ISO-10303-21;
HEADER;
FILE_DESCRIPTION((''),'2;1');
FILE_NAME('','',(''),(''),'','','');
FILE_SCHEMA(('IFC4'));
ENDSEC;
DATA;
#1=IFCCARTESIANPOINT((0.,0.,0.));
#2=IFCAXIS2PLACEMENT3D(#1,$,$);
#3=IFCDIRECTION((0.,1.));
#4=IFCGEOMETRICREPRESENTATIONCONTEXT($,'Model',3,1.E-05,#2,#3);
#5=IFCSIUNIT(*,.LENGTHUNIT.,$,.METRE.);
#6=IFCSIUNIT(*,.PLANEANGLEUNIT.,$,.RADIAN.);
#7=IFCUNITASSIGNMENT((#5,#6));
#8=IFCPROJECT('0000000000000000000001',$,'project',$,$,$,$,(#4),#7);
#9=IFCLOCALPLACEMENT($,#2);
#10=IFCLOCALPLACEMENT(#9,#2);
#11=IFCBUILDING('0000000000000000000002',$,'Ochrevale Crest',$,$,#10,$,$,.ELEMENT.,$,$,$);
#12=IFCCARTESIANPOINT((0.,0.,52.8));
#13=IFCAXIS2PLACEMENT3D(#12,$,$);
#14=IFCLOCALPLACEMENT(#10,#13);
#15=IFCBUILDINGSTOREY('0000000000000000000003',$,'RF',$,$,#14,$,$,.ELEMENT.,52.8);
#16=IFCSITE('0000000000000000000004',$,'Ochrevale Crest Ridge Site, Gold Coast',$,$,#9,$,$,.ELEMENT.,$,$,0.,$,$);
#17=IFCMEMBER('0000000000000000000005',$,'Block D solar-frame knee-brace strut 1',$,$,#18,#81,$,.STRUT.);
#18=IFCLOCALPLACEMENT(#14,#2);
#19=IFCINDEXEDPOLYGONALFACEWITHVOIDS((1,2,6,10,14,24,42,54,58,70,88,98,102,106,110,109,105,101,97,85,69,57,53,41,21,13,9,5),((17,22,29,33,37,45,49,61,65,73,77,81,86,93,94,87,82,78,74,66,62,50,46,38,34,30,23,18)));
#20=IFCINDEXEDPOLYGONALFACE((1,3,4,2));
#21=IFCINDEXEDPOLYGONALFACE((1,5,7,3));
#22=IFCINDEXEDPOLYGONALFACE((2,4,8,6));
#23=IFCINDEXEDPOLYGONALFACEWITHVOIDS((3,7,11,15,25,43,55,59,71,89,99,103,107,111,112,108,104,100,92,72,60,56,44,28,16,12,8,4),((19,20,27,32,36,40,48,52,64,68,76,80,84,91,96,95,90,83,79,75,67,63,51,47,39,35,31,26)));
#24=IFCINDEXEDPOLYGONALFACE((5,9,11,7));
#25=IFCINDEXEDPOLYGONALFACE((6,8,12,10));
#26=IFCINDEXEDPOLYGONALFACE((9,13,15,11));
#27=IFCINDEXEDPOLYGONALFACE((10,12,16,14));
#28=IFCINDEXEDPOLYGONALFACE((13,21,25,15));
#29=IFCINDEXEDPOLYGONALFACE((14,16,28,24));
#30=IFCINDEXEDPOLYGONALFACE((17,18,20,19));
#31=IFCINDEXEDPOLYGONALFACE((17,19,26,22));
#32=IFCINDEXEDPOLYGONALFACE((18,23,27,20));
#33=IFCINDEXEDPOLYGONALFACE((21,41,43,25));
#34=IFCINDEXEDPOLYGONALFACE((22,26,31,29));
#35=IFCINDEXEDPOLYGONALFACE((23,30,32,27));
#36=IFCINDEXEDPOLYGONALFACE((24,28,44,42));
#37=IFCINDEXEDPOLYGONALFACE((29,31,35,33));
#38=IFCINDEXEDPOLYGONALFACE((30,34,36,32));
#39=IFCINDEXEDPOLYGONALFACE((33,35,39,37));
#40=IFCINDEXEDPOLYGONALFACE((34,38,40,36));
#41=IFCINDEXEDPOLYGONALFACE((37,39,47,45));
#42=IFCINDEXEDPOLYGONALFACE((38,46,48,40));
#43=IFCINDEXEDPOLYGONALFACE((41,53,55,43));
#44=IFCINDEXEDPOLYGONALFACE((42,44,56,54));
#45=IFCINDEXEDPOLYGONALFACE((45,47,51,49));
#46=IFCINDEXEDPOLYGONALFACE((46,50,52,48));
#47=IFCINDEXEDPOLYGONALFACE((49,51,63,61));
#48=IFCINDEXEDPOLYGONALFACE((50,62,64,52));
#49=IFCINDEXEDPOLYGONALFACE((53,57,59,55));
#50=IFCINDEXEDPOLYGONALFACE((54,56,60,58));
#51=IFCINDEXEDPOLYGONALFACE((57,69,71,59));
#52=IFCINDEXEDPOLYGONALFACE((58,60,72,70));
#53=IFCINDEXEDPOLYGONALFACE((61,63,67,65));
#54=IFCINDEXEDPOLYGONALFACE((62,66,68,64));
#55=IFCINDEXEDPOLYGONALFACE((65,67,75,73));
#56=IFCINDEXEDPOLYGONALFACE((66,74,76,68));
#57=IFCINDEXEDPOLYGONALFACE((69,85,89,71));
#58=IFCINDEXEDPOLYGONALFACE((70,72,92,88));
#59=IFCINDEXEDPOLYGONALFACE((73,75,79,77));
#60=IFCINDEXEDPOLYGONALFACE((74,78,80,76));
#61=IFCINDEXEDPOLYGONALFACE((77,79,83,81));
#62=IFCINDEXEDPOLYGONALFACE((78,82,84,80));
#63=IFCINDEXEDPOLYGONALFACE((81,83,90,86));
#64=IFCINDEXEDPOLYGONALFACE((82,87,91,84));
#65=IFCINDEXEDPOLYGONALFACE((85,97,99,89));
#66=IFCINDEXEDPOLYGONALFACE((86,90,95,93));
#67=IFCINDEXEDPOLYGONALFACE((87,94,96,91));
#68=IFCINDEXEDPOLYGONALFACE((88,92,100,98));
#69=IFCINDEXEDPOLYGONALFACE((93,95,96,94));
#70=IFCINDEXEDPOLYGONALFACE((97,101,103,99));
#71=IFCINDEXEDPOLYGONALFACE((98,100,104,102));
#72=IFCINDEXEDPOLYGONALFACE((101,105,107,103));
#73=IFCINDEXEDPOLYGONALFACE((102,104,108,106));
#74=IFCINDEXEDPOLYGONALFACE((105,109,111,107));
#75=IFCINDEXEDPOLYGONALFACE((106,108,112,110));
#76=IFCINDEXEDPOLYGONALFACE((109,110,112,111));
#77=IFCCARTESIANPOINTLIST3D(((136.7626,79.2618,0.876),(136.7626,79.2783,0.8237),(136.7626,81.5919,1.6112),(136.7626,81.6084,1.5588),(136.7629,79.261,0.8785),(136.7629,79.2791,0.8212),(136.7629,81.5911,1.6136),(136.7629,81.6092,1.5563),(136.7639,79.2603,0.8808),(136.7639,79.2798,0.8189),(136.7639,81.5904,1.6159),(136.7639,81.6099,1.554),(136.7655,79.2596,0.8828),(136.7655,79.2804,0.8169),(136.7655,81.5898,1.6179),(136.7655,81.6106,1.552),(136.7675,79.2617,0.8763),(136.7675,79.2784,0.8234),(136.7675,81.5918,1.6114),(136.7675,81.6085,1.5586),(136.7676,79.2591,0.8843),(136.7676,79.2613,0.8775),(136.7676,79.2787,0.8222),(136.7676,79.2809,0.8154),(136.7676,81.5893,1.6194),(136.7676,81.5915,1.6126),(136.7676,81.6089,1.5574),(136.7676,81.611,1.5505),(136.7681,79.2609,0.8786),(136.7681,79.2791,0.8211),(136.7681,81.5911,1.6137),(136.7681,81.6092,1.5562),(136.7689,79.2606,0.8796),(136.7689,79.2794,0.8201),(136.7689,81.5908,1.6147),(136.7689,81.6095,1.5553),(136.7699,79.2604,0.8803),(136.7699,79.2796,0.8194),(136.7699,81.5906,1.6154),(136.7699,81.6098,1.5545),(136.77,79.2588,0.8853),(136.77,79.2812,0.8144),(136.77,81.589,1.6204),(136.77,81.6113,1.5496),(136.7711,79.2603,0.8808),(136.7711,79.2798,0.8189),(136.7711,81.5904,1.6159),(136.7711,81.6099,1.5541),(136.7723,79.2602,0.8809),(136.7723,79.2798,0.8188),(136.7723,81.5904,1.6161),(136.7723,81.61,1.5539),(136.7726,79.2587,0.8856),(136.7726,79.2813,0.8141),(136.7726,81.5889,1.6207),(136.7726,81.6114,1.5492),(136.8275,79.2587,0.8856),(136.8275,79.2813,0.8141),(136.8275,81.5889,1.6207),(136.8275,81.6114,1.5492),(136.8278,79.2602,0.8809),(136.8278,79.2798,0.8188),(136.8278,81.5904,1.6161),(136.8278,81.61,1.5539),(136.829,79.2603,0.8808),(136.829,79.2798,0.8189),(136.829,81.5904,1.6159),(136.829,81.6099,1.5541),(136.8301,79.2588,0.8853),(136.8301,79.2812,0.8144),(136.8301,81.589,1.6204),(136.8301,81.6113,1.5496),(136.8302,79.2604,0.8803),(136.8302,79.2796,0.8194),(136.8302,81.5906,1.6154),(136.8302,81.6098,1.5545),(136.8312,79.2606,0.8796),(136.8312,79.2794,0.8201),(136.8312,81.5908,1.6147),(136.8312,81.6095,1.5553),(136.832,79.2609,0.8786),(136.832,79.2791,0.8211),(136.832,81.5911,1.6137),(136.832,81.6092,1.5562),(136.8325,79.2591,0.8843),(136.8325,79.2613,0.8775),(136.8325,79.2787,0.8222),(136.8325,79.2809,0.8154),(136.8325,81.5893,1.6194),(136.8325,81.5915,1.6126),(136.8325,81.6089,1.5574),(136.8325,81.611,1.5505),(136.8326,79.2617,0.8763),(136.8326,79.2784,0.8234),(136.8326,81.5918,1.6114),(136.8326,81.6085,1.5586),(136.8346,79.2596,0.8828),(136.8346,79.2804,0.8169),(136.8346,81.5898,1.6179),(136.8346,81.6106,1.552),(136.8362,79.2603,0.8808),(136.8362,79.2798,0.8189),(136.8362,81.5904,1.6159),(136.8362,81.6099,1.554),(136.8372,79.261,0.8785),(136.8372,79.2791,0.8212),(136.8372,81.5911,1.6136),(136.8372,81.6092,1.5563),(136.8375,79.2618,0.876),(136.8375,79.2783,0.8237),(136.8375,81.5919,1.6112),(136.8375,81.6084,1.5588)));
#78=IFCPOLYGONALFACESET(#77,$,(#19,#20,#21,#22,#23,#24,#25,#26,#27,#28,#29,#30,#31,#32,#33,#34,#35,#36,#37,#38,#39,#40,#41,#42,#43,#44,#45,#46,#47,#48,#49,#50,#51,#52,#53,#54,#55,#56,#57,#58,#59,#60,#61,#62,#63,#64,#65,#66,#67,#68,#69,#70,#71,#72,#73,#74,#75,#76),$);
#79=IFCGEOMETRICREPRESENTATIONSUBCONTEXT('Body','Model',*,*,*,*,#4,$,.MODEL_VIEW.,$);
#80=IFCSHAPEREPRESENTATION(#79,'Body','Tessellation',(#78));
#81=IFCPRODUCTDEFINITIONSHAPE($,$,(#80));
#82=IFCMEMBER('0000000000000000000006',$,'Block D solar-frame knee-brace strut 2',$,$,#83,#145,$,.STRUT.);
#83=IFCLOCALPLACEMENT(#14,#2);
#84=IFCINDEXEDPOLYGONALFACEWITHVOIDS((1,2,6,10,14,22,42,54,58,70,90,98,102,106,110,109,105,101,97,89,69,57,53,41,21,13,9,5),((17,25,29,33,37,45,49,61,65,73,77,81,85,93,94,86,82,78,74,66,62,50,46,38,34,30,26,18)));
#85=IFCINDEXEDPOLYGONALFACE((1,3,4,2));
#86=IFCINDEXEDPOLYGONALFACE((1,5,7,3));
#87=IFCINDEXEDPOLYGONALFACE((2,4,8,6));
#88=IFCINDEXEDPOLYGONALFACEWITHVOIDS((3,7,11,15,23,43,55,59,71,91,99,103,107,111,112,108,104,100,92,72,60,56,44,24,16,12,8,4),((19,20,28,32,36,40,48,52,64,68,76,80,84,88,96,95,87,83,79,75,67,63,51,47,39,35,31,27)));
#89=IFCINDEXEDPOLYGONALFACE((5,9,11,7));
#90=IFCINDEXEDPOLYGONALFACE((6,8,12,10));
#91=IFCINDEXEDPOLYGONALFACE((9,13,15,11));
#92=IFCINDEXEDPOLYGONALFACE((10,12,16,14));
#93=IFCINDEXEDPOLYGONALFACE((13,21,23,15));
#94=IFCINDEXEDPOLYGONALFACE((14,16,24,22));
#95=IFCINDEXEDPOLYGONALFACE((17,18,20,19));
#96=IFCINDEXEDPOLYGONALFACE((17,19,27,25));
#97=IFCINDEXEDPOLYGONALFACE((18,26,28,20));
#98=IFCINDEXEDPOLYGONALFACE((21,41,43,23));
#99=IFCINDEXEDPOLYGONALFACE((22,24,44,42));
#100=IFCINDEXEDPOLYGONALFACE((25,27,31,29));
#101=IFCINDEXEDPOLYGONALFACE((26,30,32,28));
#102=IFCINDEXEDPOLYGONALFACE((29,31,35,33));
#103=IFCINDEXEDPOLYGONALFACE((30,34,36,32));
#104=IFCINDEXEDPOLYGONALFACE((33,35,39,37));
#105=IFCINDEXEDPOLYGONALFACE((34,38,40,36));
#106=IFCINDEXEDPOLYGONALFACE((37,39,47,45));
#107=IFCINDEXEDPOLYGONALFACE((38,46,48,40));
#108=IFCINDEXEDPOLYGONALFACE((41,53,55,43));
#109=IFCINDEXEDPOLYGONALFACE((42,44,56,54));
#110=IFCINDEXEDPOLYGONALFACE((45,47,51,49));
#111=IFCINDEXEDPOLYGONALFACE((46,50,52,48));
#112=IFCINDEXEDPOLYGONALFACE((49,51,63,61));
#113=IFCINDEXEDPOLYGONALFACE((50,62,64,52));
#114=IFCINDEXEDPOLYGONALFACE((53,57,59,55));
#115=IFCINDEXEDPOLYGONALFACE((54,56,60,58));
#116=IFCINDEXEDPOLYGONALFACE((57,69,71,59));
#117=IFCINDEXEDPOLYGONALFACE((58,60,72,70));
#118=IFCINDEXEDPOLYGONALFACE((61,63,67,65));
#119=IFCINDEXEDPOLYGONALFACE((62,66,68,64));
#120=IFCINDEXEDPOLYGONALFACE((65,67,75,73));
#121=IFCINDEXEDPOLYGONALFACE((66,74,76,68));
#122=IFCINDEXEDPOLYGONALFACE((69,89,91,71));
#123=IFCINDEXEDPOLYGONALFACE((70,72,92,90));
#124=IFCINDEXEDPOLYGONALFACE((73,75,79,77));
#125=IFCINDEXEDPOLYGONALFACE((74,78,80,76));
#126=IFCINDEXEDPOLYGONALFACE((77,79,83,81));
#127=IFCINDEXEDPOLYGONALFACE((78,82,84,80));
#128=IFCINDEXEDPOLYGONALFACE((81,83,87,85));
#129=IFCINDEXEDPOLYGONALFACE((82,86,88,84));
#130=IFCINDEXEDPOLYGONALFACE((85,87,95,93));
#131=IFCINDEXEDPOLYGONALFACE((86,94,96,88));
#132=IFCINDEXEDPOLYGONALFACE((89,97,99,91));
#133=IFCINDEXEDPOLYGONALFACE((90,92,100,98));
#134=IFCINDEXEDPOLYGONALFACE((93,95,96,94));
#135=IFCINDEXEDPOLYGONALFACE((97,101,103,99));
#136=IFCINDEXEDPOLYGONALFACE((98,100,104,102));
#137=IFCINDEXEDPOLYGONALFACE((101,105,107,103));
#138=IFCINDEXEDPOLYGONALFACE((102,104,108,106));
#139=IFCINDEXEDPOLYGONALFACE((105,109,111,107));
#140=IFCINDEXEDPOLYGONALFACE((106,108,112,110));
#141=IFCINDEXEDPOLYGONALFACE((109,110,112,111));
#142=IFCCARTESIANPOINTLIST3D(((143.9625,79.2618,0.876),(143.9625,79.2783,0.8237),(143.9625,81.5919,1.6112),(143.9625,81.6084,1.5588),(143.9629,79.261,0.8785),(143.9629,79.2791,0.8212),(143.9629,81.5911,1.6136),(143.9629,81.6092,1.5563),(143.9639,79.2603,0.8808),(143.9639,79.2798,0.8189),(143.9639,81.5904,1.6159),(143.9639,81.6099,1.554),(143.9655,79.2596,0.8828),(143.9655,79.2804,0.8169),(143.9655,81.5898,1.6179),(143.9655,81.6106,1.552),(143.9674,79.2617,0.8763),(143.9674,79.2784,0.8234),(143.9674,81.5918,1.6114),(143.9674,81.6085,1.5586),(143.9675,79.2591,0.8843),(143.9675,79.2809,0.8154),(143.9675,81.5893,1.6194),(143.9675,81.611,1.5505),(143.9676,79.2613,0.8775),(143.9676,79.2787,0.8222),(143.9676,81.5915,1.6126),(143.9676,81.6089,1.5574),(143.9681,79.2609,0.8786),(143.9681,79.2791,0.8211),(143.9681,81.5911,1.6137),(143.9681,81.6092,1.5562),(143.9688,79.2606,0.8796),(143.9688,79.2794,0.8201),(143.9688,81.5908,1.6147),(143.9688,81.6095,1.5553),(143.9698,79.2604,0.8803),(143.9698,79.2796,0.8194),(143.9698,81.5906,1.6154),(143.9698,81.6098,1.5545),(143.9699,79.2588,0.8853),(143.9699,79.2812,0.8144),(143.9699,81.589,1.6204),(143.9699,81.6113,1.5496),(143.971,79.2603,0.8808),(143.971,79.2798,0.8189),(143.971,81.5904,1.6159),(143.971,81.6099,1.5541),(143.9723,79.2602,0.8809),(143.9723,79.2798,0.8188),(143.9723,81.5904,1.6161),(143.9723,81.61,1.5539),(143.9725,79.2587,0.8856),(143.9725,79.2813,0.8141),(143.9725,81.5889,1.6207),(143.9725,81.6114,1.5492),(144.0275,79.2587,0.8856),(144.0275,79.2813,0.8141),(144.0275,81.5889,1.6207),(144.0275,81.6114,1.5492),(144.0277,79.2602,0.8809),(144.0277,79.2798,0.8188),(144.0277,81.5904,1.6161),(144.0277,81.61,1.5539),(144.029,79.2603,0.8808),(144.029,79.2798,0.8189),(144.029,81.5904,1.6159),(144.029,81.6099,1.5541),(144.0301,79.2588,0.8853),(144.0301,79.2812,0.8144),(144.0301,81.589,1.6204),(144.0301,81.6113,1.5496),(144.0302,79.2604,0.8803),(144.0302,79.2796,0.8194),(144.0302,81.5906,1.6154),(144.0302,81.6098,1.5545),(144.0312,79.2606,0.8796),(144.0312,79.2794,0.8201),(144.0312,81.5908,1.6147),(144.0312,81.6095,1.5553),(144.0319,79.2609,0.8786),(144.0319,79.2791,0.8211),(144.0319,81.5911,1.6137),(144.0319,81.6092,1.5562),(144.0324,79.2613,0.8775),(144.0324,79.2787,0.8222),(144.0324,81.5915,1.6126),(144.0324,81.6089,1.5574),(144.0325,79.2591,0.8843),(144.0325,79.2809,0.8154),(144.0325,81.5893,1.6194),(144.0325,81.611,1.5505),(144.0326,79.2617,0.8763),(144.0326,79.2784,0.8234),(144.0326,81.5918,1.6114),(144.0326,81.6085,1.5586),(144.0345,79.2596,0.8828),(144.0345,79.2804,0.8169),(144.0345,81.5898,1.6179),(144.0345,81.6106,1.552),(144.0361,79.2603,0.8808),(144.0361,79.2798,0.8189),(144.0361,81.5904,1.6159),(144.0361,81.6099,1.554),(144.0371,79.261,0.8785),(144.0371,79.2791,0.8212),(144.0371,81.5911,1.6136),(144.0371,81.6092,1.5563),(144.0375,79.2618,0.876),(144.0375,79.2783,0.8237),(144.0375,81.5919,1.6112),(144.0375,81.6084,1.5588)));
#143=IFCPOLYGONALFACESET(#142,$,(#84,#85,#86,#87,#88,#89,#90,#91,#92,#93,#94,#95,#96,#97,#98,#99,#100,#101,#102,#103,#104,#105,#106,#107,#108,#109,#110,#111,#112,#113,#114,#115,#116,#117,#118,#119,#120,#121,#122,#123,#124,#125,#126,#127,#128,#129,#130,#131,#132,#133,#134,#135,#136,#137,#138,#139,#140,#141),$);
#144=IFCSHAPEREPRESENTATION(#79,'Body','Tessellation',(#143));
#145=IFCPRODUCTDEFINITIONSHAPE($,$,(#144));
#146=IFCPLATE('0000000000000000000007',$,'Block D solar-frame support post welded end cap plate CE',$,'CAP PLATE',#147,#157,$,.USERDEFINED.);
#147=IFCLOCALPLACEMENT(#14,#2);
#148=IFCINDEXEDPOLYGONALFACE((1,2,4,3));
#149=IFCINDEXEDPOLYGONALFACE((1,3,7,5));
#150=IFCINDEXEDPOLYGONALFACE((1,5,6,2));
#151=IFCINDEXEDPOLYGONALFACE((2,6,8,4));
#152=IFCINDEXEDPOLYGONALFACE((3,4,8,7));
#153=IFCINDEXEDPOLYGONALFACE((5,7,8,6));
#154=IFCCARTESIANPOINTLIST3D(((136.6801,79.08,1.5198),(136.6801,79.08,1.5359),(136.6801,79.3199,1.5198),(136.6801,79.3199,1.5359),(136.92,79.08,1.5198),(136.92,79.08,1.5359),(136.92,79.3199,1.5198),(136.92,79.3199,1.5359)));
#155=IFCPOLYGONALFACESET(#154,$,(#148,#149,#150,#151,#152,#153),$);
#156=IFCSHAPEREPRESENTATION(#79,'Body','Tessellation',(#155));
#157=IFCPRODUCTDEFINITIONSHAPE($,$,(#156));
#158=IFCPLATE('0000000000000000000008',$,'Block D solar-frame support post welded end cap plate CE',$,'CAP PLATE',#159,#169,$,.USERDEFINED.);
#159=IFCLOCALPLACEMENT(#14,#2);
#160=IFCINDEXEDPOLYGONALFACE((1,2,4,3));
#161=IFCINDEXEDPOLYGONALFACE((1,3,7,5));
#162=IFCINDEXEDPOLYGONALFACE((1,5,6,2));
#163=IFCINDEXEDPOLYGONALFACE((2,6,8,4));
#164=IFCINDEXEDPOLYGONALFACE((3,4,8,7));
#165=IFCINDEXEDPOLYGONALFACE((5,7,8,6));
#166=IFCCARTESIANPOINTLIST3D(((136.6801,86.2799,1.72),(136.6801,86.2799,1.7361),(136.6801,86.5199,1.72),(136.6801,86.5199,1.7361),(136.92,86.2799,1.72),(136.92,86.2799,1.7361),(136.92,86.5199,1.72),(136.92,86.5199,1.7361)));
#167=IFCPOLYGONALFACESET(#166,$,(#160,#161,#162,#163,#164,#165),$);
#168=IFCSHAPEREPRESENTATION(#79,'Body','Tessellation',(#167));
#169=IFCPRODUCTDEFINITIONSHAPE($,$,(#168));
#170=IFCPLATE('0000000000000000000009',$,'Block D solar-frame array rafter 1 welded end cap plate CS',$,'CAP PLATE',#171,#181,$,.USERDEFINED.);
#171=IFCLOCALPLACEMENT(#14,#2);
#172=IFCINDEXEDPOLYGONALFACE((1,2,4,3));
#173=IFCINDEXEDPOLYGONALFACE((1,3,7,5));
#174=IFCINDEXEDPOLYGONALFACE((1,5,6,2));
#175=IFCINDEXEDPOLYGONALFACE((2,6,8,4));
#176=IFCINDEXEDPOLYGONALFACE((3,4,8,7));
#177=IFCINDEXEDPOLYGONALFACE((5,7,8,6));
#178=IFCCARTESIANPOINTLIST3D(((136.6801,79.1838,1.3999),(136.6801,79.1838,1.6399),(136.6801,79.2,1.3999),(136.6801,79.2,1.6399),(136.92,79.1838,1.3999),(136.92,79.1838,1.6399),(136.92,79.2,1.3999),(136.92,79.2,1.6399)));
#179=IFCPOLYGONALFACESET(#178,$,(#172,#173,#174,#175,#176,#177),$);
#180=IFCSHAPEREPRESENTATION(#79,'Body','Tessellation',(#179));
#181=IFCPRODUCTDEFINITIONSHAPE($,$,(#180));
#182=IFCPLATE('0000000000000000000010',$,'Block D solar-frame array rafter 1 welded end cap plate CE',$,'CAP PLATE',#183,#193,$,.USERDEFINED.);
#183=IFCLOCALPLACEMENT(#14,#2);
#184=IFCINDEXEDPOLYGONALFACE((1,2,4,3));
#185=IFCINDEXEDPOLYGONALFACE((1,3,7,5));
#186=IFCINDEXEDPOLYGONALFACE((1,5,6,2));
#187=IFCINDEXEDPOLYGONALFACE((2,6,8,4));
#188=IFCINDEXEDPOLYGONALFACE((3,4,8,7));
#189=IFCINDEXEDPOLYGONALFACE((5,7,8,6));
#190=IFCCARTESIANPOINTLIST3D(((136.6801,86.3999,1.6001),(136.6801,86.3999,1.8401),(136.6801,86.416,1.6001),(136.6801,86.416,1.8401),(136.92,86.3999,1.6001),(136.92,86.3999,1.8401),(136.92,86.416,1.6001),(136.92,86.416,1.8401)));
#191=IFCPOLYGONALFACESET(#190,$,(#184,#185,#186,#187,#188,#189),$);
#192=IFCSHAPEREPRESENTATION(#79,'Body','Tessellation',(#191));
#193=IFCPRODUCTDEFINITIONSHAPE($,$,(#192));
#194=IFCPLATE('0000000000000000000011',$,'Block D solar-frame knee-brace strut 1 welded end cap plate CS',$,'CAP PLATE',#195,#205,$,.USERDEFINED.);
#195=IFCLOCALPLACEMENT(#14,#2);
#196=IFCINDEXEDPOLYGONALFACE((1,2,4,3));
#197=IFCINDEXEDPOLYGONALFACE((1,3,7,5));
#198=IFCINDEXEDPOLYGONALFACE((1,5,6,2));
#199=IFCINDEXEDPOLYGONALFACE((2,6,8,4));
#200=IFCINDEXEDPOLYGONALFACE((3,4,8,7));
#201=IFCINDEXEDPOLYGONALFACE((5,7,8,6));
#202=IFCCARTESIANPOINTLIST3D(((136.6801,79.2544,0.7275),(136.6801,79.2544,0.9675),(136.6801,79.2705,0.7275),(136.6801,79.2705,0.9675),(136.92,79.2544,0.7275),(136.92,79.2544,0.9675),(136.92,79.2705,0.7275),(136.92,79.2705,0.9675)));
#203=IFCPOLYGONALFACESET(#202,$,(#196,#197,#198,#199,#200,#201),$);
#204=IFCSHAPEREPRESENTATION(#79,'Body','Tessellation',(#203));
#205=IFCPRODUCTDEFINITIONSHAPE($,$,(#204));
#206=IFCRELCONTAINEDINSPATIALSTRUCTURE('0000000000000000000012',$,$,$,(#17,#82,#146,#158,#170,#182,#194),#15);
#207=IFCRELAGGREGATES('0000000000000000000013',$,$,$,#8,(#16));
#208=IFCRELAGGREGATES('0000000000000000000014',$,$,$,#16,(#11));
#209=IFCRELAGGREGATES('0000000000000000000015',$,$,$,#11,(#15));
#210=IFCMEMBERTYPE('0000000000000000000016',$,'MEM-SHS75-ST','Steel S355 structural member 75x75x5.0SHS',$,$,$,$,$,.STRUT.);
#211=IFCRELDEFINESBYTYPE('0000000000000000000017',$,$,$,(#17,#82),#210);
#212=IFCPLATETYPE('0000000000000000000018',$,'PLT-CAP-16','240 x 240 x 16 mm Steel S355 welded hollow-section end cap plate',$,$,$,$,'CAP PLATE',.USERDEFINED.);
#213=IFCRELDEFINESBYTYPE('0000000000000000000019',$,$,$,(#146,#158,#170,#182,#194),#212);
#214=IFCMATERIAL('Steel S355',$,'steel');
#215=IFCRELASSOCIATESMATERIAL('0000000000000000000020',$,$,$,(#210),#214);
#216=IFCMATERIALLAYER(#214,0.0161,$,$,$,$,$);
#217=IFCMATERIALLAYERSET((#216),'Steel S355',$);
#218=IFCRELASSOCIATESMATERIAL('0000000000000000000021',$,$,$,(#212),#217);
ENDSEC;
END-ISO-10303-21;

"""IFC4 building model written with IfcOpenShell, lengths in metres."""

from ifc_helpers import new_model, si_unit, direction, frame, origin, origin_2d, place, context, subcontext, project, spatial, rectangle, hollow_rectangle, extrude, material, layer, layer_set, material_profile, profile_set, type_object, element, save


model = new_model("IFC4")

# Units and contexts
model_context = context("Model", 3, precision=1e-05, world=origin(), true_north=direction((0.0, 1.0)))
body_context = subcontext(model_context, "Body", "Model", "MODEL_VIEW")
ifc_project = project(units=[si_unit("LENGTHUNIT", "METRE"), si_unit("PLANEANGLEUNIT", "RADIAN")], contexts=[model_context])

# Site, building, storey
site_placement = place(None, origin())
site = spatial("IfcSite", under=ifc_project, at=site_placement, Name="Ochrevale Crest Ridge Site, Gold Coast", CompositionType="ELEMENT", RefElevation=0.0)
building_placement = place(site_placement, origin())
building = spatial("IfcBuilding", under=site, at=building_placement, Name="Ochrevale Crest", CompositionType="ELEMENT")
storey_placement = place(building_placement, frame((0.0, 0.0, 52.8)))
storey = spatial("IfcBuildingStorey", under=building, at=storey_placement, Name="RF", CompositionType="ELEMENT", Elevation=52.8)

# Shared definitions
ifc_material_1 = material(Name="Steel S355", Category="steel")

# Members
ifc_material_profile_1 = material_profile(ifc_material_1, hollow_rectangle(XDim=0.075, YDim=0.075, WallThickness=0.0049, InnerFilletRadius=0.0049, OuterFilletRadius=0.01, at=origin_2d()), Name="75x75x5.0SHS")
ifc_profile_set_1 = profile_set([ifc_material_profile_1], Name="Steel S355")
member_type_1 = type_object("IfcMemberType", Name="MEM-SHS75-ST", Description="Steel S355 structural member 75x75x5.0SHS", PredefinedType="STRUT", material=ifc_profile_set_1)
for number, where, z_axis, x_axis, name in (
    (1, (136.8, 79.27, 0.8499), (0.0, 0.953666, 0.300868), (-1.0, 0.0, 0.0), "Block D solar-frame knee-brace strut 1"),
    (2, (144.0, 79.27, 0.8499), (0.0, 0.953666, 0.300868), (-1.0, 0.0, 0.0), "Block D solar-frame knee-brace strut 2"),
):
    element("IfcMember", number, at=place(storey_placement, frame(where, z_axis=z_axis, x_axis=x_axis)), inside=storey, type_object=member_type_1, Name=name, PredefinedType="STRUT", context=body_context, shape_type="SweptSolid", body=[
        extrude(hollow_rectangle(XDim=0.075, YDim=0.075, WallThickness=0.0049, InnerFilletRadius=0.0049, OuterFilletRadius=0.01, at=origin_2d()), origin(), (0.0, 0.0, 1.0), 2.4434),
    ])

# Plates
ifc_layer_1 = layer(ifc_material_1, 0.0161)
ifc_layer_set_1 = layer_set([ifc_layer_1], Name="Steel S355")
plate_type = type_object("IfcPlateType", Name="PLT-CAP-16", Description="240 x 240 x 16 mm Steel S355 welded hollow-section end cap plate", ElementType="CAP PLATE", PredefinedType="USERDEFINED", material=ifc_layer_set_1)
for number, where, z_axis, x_axis, name in (
    (3, (136.8, 79.2, 1.5198), (0.0, 0.0, 1.0), (1.0, 0.0, 0.0), "Block D solar-frame support post welded end cap plate CE"),
    (4, (136.8, 86.3999, 1.72), (0.0, 0.0, 1.0), (1.0, 0.0, 0.0), "Block D solar-frame support post welded end cap plate CE"),
):
    element("IfcPlate", number, at=place(storey_placement, frame(where, z_axis=z_axis, x_axis=x_axis)), inside=storey, type_object=plate_type, Name=name, ObjectType="CAP PLATE", PredefinedType="USERDEFINED", context=body_context, shape_type="SweptSolid", body=[
        extrude(rectangle(XDim=0.24, YDim=0.24, at=origin_2d()), origin(), (0.0, 0.0, 1.0), 0.0161),
    ])
for number, where, z_axis, x_axis, name in (
    (5, (136.8, 79.1919, 1.3999), (0.0, 0.0, 1.0), (0.0, 1.0, 0.0), "Block D solar-frame array rafter 1 welded end cap plate CS"),
    (6, (136.8, 86.408, 1.6001), (0.0, 0.0, 1.0), (0.0, 1.0, 0.0), "Block D solar-frame array rafter 1 welded end cap plate CE"),
    (7, (136.8, 79.2625, 0.7275), (0.0, 0.0, 1.0), (0.0, 1.0, 0.0), "Block D solar-frame knee-brace strut 1 welded end cap plate CS"),
):
    element("IfcPlate", number, at=place(storey_placement, frame(where, z_axis=z_axis, x_axis=x_axis)), inside=storey, type_object=plate_type, Name=name, ObjectType="CAP PLATE", PredefinedType="USERDEFINED", context=body_context, shape_type="SweptSolid", body=[
        extrude(rectangle(XDim=0.0161, YDim=0.24, at=origin_2d()), origin(), (0.0, 0.0, 1.0), 0.24),
    ])

save(model, "model.ifc")
